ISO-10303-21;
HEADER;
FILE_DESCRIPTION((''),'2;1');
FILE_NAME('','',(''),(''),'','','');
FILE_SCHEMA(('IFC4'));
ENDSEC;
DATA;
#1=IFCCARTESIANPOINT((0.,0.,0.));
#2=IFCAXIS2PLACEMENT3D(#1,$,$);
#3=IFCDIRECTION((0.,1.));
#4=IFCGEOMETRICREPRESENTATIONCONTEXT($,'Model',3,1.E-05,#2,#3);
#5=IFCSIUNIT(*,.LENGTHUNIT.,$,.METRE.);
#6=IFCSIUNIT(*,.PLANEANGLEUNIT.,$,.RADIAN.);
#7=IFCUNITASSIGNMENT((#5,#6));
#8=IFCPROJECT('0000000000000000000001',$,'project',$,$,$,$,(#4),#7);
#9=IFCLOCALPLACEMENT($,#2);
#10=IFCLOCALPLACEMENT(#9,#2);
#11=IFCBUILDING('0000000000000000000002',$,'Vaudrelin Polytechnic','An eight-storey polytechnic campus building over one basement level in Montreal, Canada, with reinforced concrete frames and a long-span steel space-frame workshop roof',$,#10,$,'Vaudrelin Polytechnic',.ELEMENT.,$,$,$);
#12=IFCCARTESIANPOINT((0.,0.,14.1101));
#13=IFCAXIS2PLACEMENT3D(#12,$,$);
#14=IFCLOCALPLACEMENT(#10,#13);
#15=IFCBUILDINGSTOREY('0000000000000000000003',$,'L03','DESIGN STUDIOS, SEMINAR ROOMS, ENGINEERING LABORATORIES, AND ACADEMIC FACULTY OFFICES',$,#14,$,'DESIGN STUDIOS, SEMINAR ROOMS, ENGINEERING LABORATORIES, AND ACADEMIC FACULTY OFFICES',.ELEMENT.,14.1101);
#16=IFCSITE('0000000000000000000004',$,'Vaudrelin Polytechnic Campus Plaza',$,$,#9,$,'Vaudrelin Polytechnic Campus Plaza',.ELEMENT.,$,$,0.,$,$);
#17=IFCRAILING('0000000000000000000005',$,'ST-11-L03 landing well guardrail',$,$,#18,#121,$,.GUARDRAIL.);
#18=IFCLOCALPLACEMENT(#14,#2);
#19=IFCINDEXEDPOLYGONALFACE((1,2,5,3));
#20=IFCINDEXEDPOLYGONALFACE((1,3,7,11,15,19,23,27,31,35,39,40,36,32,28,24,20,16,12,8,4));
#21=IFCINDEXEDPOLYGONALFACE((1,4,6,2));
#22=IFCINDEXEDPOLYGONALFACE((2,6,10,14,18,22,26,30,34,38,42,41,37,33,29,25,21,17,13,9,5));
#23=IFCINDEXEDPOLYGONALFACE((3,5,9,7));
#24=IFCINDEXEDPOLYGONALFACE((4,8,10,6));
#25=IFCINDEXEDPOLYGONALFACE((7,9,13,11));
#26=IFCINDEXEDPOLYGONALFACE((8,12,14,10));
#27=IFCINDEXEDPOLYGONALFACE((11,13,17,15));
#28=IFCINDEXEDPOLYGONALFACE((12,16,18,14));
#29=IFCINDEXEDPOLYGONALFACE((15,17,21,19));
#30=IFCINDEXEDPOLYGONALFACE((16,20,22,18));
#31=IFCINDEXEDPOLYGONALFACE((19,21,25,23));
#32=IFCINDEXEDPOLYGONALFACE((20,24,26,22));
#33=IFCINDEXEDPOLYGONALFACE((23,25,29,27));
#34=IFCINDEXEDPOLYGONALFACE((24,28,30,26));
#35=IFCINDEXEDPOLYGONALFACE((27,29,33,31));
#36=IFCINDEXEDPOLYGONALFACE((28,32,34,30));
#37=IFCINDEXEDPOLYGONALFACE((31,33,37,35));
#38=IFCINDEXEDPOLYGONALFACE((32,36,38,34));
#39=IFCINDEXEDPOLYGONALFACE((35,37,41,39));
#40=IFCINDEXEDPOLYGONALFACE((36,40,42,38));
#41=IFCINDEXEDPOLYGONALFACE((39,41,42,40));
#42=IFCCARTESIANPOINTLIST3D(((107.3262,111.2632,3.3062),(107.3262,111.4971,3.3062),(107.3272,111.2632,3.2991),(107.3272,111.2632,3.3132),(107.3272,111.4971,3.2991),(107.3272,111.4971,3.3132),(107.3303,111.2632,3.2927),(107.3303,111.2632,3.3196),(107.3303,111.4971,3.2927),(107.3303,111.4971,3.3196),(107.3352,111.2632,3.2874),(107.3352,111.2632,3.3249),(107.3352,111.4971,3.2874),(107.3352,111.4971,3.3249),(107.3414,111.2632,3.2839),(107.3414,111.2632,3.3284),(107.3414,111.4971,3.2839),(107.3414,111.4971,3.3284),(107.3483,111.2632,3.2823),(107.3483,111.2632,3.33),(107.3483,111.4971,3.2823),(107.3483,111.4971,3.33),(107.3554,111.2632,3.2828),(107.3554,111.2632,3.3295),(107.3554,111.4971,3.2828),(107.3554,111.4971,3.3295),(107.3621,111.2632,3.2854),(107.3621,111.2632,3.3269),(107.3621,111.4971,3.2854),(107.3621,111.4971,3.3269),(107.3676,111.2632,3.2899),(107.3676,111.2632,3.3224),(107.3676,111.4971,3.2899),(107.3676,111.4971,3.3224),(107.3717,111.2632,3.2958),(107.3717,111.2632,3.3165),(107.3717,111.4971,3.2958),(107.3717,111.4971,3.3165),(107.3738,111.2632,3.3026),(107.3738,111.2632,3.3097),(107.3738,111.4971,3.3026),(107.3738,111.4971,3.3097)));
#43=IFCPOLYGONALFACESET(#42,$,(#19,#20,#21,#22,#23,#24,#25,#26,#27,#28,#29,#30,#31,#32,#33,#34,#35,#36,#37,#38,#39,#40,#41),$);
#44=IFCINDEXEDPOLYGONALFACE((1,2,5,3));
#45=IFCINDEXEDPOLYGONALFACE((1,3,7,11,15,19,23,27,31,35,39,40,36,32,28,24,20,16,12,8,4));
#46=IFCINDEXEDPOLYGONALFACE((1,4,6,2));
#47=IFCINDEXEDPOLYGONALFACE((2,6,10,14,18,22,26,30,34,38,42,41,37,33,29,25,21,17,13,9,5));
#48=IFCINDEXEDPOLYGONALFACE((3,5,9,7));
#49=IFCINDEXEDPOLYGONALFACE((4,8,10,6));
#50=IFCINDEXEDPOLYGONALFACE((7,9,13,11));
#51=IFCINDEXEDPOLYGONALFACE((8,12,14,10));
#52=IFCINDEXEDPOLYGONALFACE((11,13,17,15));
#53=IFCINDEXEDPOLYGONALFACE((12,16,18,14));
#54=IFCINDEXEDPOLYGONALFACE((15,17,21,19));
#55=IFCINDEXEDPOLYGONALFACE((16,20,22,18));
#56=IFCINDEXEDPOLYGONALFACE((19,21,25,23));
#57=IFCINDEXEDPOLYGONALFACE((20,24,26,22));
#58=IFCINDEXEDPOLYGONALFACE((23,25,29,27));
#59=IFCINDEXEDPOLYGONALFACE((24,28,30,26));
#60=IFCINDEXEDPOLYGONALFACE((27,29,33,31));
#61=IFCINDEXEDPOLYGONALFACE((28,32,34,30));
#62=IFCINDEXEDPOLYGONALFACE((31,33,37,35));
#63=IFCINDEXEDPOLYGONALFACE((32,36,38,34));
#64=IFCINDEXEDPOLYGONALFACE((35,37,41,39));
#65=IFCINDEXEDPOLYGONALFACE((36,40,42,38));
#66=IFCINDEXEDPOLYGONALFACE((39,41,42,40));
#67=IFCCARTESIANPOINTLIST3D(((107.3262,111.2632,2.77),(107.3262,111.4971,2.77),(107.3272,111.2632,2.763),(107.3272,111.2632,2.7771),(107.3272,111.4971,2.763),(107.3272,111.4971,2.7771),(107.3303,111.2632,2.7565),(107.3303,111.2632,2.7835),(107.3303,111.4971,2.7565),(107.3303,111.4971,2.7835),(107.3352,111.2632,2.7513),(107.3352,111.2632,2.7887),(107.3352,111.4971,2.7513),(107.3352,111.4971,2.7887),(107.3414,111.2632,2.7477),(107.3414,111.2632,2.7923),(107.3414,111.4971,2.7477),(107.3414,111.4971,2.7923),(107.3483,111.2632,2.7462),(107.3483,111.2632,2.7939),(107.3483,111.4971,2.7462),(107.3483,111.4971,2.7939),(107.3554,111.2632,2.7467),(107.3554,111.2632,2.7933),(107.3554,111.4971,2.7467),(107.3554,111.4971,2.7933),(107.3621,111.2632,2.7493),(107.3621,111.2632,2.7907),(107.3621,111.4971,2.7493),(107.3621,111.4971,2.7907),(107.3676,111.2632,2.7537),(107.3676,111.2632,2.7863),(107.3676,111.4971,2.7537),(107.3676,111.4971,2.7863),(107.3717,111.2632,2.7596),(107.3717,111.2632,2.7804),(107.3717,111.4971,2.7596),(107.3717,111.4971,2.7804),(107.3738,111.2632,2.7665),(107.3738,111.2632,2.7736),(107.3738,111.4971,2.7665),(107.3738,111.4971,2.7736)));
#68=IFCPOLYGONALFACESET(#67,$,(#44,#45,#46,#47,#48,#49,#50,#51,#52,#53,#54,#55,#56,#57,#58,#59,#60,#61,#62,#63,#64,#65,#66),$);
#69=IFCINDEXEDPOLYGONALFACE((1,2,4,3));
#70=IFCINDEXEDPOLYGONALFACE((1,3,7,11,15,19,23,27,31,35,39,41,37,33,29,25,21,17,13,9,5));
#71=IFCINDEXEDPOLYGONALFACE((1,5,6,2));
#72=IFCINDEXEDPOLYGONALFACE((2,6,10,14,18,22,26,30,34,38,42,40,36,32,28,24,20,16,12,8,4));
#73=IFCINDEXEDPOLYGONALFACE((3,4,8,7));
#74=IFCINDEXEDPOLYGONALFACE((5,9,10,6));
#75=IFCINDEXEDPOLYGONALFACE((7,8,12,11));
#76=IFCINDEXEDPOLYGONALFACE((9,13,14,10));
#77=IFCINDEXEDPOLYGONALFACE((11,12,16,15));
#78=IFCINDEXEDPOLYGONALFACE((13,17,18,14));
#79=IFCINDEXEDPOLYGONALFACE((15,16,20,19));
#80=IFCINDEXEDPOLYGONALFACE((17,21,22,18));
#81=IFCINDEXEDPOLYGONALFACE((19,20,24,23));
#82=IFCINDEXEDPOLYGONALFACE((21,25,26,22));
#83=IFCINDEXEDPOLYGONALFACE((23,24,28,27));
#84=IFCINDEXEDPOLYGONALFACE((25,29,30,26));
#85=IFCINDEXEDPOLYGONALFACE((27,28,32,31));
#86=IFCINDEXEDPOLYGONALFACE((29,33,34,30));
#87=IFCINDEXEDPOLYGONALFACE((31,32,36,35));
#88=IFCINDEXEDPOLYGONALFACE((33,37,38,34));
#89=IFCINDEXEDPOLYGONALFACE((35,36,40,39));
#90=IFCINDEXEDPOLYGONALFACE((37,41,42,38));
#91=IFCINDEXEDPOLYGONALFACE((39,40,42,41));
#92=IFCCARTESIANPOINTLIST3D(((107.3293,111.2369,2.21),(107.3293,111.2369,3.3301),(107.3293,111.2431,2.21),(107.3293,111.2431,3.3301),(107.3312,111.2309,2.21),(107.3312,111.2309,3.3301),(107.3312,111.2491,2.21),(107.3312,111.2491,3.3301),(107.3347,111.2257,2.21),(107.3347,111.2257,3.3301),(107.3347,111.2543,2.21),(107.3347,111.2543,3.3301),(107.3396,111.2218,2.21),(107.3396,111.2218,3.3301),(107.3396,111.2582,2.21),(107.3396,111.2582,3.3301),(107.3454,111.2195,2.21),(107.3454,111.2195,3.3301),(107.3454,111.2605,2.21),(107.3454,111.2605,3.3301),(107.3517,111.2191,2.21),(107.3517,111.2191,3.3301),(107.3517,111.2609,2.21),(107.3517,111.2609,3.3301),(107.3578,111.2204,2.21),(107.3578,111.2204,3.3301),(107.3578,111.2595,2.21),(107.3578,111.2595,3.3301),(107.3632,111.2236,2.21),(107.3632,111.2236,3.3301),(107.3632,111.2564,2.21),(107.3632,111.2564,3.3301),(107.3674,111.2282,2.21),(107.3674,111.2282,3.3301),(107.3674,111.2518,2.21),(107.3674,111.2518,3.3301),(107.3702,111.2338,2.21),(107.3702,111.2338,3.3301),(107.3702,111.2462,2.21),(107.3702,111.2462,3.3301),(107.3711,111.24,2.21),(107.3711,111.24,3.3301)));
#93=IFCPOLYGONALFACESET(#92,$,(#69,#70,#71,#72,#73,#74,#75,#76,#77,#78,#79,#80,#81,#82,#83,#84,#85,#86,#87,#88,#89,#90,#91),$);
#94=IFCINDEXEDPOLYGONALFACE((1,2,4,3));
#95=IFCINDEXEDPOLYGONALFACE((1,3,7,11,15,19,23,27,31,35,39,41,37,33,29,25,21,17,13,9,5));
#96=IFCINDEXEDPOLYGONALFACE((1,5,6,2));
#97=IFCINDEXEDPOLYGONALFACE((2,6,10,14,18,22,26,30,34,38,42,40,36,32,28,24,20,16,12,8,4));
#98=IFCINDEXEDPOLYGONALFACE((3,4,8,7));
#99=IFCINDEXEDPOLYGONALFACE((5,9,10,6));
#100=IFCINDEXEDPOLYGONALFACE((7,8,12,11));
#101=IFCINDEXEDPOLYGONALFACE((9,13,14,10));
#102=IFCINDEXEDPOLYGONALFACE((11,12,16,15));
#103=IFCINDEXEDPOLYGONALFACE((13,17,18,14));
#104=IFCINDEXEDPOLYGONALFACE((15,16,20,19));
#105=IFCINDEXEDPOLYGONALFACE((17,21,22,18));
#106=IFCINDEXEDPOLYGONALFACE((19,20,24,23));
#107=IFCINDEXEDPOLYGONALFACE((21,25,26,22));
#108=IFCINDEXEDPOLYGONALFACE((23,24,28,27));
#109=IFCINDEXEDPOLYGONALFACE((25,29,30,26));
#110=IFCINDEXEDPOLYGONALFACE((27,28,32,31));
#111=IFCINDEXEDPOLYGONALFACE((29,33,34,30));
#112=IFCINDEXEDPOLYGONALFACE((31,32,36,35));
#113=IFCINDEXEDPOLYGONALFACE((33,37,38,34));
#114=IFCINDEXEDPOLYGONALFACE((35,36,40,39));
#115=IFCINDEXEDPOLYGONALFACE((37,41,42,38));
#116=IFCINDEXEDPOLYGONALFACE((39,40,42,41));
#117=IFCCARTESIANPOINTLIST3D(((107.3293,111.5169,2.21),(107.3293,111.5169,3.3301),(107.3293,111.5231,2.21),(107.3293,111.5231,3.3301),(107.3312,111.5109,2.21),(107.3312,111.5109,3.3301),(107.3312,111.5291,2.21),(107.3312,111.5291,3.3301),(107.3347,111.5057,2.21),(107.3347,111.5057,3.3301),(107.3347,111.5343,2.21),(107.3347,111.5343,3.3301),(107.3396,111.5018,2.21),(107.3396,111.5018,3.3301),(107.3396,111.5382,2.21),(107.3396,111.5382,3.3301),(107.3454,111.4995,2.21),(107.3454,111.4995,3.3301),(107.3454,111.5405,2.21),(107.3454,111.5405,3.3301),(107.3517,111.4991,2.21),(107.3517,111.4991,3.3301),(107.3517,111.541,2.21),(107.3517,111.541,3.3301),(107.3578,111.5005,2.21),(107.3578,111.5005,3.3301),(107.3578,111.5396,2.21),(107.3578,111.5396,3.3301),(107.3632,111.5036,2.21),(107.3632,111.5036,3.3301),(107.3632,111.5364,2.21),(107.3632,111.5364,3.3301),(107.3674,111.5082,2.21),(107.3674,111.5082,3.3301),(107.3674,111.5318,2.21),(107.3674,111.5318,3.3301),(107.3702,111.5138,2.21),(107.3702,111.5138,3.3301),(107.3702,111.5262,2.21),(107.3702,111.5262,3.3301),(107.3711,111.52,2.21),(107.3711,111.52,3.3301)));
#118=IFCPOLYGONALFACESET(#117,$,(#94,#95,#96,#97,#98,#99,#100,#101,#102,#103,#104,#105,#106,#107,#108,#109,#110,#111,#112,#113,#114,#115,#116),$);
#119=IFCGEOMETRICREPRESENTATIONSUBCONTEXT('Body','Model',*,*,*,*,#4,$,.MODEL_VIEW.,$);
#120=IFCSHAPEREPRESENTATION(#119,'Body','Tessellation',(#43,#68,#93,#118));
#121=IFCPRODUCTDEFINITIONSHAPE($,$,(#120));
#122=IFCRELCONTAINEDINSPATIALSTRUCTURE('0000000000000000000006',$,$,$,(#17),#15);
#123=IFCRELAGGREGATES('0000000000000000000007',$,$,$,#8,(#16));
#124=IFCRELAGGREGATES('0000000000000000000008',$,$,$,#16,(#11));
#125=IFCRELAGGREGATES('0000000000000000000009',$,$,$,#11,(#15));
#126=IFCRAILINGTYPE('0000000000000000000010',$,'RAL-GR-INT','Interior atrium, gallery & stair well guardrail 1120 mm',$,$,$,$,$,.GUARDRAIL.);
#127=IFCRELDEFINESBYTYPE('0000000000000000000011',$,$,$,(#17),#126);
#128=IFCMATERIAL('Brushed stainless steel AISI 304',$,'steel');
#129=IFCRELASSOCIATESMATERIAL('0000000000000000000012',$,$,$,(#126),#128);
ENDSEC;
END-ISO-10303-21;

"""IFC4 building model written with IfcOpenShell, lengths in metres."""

from ifc_helpers import new_model, si_unit, direction, frame, origin, origin_2d, place, context, subcontext, project, spatial, circle, extrude, material, type_object, element, save


model = new_model("IFC4")

# Units and contexts
model_context = context("Model", 3, precision=1e-05, world=origin(), true_north=direction((0.0, 1.0)))
body_context = subcontext(model_context, "Body", "Model", "MODEL_VIEW")
ifc_project = project(units=[si_unit("LENGTHUNIT", "METRE"), si_unit("PLANEANGLEUNIT", "RADIAN")], contexts=[model_context])

# Site, building, storey
site_placement = place(None, origin())
site = spatial("IfcSite", under=ifc_project, at=site_placement, Name="Vaudrelin Polytechnic Campus Plaza", LongName="Vaudrelin Polytechnic Campus Plaza", CompositionType="ELEMENT", RefElevation=0.0)
building_placement = place(site_placement, origin())
building = spatial("IfcBuilding", under=site, at=building_placement, Name="Vaudrelin Polytechnic", Description="An eight-storey polytechnic campus building over one basement level in Montreal, Canada, with reinforced concrete frames and a long-span steel space-frame workshop roof", LongName="Vaudrelin Polytechnic", CompositionType="ELEMENT")
storey_placement = place(building_placement, frame((0.0, 0.0, 14.1101)))
storey = spatial("IfcBuildingStorey", under=building, at=storey_placement, Name="L03", Description="DESIGN STUDIOS, SEMINAR ROOMS, ENGINEERING LABORATORIES, AND ACADEMIC FACULTY OFFICES", LongName="DESIGN STUDIOS, SEMINAR ROOMS, ENGINEERING LABORATORIES, AND ACADEMIC FACULTY OFFICES", CompositionType="ELEMENT", Elevation=14.1101)

# Railing
ifc_material_1 = material(Name="Brushed stainless steel AISI 304", Category="steel")
railing_type_1 = type_object("IfcRailingType", Name="RAL-GR-INT", Description="Interior atrium, gallery & stair well guardrail 1120 mm", PredefinedType="GUARDRAIL", material=ifc_material_1)
railing_1_placement = place(storey_placement, frame((107.3501, 111.24, 2.21)))
element("IfcRailing", 1, at=railing_1_placement, inside=storey, type_object=railing_type_1, Name="ST-11-L03 landing well guardrail", PredefinedType="GUARDRAIL", context=body_context, shape_type="SweptSolid", body=[
    extrude(circle(Radius=0.0239, at=origin_2d()), frame((0.0, 0.0232, 1.0962), z_axis=(0.0, 1.0, 0.0), x_axis=(-1.0, 0.0, 0.0)), (0.0, 0.0, 1.0), 0.2339),
    extrude(circle(Radius=0.0239, at=origin_2d()), frame((0.0, 0.0232, 0.5601), z_axis=(0.0, 1.0, 0.0), x_axis=(-1.0, 0.0, 0.0)), (0.0, 0.0, 1.0), 0.2339),
    extrude(circle(Radius=0.021, at=origin_2d()), origin(), (0.0, 0.0, 1.0), 1.1201),
    extrude(circle(Radius=0.021, at=origin_2d()), frame((0.0, 0.28, 0.0)), (0.0, 0.0, 1.0), 1.1201),
])

save(model, "model.ifc")
